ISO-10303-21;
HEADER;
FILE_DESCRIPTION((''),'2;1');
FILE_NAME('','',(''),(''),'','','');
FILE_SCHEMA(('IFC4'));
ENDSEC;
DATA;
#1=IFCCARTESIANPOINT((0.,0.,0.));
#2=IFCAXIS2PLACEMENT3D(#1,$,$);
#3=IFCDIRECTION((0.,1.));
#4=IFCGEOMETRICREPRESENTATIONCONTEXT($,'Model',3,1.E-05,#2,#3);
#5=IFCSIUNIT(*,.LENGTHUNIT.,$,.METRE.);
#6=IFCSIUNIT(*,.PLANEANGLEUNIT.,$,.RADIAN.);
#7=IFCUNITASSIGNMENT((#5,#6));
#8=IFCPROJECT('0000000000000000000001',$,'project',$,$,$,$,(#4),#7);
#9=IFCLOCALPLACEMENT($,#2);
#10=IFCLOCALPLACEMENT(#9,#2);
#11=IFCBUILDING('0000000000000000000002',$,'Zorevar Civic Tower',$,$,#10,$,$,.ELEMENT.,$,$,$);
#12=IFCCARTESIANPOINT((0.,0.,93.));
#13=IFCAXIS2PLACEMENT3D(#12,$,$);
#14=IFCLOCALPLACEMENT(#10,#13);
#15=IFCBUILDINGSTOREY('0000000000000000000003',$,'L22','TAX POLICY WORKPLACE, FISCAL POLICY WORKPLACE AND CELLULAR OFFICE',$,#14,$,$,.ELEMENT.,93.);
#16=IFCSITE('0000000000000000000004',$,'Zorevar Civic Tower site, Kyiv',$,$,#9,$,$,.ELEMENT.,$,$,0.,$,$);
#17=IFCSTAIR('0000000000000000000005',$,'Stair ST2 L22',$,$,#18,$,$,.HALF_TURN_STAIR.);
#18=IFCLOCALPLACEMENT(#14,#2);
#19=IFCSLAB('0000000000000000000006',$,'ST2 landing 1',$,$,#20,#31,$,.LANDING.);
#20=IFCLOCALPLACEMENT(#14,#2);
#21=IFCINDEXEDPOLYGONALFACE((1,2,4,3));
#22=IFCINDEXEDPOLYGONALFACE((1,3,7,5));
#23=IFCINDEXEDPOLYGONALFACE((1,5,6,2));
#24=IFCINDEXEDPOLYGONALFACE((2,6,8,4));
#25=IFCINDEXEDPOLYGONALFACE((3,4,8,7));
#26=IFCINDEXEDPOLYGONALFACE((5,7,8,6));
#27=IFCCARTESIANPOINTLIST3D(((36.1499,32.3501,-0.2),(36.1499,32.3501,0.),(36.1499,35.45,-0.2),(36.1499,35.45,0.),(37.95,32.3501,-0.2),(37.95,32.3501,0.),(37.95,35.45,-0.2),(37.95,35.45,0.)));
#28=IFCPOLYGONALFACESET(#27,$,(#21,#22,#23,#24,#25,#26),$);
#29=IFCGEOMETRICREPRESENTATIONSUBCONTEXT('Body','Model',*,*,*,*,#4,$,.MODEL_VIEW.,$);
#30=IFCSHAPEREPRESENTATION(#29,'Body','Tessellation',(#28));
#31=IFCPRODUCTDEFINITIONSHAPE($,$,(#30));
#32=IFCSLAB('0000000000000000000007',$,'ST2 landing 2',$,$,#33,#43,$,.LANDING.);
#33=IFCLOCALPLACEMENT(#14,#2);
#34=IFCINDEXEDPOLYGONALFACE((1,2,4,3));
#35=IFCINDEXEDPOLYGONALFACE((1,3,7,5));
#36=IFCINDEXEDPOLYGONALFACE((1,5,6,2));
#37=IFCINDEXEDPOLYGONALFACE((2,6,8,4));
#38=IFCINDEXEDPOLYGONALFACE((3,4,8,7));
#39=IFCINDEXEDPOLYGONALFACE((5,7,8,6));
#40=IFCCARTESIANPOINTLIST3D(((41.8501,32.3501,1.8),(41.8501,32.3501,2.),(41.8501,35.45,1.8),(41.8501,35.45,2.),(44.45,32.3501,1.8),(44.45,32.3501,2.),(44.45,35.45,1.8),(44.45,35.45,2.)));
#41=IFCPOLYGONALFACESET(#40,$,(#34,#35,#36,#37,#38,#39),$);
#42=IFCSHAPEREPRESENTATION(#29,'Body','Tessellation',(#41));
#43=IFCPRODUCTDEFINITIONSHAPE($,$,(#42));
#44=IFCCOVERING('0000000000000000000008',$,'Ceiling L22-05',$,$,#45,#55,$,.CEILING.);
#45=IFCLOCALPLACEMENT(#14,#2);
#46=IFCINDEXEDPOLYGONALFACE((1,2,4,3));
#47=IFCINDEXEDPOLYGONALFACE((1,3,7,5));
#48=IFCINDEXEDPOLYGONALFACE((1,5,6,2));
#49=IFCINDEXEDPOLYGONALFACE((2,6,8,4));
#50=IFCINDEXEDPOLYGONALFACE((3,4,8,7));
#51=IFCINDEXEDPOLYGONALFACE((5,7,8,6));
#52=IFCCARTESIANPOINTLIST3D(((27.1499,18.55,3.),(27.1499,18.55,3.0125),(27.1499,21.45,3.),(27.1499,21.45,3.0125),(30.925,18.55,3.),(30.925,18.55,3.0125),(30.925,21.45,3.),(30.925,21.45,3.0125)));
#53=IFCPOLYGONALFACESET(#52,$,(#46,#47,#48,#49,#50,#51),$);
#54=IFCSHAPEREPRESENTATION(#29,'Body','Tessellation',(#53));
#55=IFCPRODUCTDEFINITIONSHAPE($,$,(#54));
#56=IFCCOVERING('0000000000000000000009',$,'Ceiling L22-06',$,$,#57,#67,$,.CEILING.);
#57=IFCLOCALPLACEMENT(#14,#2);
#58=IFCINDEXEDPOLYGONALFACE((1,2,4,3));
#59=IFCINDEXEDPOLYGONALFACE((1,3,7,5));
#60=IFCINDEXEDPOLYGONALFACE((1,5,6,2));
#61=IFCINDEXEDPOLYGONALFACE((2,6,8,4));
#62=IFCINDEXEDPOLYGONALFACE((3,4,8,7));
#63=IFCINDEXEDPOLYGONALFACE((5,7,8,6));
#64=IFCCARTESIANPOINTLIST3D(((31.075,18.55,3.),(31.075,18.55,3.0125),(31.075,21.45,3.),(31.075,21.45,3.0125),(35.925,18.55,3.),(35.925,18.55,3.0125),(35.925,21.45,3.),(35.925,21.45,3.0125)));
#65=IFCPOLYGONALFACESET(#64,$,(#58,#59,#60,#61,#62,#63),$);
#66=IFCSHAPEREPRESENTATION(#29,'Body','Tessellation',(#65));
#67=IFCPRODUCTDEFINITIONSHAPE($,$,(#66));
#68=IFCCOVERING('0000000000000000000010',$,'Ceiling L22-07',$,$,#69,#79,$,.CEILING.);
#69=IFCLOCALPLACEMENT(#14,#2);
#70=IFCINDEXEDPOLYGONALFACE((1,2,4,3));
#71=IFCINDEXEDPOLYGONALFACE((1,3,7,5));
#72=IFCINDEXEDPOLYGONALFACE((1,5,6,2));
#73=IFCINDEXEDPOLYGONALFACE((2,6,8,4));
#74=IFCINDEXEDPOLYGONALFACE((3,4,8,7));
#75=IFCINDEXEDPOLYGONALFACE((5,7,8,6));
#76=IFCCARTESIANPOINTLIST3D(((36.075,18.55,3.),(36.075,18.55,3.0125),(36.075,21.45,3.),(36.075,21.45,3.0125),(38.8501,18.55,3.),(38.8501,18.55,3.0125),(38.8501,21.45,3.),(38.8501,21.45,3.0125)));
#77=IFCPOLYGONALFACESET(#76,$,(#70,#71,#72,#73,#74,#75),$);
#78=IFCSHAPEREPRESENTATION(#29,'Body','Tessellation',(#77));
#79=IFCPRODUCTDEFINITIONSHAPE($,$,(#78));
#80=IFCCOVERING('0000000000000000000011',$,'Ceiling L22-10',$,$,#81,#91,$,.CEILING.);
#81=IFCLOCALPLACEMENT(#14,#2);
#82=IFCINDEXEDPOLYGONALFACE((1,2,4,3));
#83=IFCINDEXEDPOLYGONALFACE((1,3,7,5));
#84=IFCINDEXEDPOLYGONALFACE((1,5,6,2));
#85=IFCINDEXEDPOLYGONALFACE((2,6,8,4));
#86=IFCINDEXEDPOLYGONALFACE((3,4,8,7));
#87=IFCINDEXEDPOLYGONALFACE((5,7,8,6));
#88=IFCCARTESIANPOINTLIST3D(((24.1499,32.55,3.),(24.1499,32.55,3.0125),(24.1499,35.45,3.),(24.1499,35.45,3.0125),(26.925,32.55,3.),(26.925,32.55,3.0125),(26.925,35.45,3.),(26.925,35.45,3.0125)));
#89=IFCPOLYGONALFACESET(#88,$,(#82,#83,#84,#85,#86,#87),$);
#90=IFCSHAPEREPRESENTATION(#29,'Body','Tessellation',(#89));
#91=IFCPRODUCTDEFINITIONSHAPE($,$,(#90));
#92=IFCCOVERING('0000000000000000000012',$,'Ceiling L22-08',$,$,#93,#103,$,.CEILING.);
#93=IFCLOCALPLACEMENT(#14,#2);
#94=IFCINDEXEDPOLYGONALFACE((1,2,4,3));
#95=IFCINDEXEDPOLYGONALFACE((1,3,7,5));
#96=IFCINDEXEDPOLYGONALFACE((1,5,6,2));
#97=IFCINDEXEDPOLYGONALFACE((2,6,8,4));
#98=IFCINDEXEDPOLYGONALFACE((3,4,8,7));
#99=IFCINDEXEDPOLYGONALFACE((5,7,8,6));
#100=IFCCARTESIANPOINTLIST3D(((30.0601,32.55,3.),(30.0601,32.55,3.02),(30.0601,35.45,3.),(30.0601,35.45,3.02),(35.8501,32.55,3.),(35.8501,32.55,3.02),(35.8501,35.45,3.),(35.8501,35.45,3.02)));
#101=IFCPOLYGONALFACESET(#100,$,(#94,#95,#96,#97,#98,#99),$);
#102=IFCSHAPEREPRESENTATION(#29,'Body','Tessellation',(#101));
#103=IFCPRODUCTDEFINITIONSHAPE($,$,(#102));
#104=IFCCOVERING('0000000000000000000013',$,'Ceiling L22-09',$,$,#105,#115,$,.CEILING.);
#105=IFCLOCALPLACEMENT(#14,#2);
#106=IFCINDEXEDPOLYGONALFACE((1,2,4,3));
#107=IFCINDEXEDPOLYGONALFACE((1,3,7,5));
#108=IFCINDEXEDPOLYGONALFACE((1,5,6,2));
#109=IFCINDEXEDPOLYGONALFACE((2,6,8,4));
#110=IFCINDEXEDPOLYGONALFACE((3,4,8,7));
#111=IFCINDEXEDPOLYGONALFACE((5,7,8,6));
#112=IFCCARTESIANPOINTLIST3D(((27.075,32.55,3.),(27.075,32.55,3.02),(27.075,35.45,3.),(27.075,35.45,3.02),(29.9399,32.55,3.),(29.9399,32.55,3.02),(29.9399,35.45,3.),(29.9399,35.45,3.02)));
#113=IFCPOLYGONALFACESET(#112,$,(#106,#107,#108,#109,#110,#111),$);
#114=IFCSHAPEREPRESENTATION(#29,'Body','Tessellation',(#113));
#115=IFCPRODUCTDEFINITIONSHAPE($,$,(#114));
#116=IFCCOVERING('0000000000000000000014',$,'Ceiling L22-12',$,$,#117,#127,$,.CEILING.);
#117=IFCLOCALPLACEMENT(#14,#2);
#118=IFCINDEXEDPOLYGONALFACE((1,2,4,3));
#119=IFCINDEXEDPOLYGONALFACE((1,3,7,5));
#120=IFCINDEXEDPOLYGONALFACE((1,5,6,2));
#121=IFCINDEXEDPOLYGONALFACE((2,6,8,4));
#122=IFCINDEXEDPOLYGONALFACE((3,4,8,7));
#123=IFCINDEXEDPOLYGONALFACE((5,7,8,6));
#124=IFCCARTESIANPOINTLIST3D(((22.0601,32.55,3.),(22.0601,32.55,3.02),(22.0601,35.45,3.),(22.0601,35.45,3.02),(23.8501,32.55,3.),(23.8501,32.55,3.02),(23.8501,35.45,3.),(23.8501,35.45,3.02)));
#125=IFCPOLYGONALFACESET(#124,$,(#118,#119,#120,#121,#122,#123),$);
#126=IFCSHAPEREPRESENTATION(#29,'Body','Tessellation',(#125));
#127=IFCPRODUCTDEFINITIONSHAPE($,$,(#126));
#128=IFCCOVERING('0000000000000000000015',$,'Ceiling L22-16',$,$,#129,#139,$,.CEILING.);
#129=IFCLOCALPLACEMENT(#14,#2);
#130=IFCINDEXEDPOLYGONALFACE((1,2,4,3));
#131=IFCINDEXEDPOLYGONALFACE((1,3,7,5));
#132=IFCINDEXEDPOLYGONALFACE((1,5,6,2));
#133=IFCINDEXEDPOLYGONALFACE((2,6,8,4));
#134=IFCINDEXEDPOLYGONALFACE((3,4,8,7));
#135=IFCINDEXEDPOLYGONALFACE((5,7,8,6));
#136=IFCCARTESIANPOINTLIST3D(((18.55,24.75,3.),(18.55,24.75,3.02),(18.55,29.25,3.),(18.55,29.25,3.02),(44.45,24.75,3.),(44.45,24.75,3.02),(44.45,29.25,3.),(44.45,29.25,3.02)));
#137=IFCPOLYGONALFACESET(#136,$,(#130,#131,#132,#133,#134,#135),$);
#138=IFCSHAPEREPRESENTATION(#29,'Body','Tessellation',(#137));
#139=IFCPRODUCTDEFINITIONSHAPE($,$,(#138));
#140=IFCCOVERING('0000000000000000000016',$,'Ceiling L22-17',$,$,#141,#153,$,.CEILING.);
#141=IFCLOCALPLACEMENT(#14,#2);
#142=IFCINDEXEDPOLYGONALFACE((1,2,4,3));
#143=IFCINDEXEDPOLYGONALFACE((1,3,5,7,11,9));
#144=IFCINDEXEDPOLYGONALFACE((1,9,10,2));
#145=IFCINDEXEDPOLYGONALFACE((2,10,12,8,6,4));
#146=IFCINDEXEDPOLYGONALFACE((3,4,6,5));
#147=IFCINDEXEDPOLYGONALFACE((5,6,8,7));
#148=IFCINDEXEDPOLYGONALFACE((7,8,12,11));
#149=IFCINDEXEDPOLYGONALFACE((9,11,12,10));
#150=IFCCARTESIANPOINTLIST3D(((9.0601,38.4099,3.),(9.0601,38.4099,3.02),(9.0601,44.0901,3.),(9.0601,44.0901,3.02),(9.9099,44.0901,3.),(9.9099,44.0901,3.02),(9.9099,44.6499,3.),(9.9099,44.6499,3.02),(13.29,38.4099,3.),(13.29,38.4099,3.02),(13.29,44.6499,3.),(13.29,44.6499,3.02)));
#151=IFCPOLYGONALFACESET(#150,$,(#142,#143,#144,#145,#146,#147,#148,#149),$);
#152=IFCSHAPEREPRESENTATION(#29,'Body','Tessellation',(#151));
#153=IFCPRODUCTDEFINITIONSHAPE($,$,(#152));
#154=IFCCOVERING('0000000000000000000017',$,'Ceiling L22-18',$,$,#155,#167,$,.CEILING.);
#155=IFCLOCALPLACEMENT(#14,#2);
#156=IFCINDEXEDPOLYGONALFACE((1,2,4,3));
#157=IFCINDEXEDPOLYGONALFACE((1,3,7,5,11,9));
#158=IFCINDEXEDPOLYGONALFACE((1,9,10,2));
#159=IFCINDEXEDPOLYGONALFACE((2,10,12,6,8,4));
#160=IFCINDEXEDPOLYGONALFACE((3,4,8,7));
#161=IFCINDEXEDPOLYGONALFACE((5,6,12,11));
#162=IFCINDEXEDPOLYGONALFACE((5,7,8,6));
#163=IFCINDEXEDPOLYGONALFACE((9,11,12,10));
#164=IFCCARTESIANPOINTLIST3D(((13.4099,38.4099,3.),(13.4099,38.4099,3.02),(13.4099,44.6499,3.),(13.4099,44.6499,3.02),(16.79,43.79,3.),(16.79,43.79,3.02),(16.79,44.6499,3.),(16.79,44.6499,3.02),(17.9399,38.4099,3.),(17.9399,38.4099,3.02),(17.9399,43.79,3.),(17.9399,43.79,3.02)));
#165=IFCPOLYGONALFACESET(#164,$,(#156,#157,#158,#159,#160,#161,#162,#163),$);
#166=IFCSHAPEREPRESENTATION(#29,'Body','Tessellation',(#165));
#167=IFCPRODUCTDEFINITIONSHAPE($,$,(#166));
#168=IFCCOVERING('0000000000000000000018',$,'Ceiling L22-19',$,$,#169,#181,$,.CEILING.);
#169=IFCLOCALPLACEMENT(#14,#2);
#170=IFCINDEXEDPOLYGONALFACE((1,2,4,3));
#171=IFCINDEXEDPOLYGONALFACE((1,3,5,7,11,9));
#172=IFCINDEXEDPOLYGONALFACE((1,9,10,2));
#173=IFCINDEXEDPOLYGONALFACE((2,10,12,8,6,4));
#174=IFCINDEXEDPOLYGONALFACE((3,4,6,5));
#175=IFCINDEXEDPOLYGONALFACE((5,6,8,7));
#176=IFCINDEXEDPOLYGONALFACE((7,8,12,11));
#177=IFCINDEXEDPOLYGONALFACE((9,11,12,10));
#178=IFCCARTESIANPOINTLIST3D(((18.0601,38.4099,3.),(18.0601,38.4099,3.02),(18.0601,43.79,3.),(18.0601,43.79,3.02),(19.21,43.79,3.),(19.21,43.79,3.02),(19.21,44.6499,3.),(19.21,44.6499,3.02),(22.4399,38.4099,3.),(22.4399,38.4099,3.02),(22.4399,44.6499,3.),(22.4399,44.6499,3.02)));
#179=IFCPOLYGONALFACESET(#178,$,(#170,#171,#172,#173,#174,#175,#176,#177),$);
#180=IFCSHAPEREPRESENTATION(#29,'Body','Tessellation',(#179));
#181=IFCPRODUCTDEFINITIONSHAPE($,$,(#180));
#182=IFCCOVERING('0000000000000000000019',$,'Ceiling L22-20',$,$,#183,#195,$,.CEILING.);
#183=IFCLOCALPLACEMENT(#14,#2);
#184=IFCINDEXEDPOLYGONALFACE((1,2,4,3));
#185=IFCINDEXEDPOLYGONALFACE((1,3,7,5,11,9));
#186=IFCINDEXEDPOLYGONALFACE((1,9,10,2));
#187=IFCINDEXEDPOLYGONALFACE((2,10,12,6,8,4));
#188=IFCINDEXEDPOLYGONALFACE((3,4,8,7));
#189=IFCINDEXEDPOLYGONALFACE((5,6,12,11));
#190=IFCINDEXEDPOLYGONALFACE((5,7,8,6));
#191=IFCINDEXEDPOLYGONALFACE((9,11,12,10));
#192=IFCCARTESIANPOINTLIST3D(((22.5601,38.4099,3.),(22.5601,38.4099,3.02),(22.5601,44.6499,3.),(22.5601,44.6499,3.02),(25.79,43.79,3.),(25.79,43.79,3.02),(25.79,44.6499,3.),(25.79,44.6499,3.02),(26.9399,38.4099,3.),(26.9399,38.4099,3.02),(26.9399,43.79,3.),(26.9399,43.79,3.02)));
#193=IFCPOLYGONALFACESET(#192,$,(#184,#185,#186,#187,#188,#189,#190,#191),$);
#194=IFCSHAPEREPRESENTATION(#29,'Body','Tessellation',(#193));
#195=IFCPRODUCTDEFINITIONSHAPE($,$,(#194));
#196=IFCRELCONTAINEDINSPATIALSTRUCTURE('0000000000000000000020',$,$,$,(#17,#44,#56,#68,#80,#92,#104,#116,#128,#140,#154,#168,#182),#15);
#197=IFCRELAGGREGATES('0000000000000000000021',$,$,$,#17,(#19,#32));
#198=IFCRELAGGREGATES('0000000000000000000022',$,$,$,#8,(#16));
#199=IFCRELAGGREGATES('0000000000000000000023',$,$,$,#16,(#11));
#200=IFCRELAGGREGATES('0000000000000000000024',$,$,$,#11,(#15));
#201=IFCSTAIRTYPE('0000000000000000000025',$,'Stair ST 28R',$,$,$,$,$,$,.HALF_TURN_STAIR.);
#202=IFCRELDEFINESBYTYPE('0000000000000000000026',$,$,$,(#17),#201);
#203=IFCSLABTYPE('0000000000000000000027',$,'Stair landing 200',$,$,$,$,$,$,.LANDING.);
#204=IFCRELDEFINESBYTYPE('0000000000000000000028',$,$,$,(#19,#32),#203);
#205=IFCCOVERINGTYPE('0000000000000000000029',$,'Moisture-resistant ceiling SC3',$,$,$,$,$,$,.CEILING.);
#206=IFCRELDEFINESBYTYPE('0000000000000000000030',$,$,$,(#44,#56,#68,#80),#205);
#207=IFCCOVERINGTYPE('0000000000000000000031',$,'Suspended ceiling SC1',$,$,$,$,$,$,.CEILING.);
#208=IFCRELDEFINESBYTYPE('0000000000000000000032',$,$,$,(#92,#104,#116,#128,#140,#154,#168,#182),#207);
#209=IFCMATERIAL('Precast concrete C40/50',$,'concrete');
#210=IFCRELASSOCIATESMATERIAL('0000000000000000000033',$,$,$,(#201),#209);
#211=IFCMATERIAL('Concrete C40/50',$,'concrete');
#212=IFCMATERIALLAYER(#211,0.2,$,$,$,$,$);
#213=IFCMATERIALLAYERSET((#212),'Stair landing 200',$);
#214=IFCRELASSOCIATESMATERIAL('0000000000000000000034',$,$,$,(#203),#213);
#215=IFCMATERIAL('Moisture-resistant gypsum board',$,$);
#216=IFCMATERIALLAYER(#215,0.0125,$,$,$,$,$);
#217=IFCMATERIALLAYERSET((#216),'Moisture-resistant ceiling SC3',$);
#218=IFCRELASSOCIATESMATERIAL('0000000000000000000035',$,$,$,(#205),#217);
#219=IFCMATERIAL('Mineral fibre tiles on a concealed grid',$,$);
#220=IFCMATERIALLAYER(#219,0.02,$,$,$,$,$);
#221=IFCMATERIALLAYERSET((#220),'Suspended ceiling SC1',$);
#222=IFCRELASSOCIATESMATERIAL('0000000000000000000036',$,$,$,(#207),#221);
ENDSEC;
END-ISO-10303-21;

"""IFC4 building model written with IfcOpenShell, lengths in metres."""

from ifc_helpers import new_model, si_unit, direction, frame, origin, place, context, subcontext, project, spatial, polyline, outline, extrude, material, layer, layer_set, type_object, element, aggregate, save


model = new_model("IFC4")

# Units and contexts
model_context = context("Model", 3, precision=1e-05, world=origin(), true_north=direction((0.0, 1.0)))
body_context = subcontext(model_context, "Body", "Model", "MODEL_VIEW")
ifc_project = project(units=[si_unit("LENGTHUNIT", "METRE"), si_unit("PLANEANGLEUNIT", "RADIAN")], contexts=[model_context])

# Site, building, storey
site_placement = place(None, origin())
site = spatial("IfcSite", under=ifc_project, at=site_placement, Name="Zorevar Civic Tower site, Kyiv", CompositionType="ELEMENT", RefElevation=0.0)
building_placement = place(site_placement, origin())
building = spatial("IfcBuilding", under=site, at=building_placement, Name="Zorevar Civic Tower", CompositionType="ELEMENT")
storey_placement = place(building_placement, frame((0.0, 0.0, 93.0)))
storey = spatial("IfcBuildingStorey", under=building, at=storey_placement, Name="L22", Description="TAX POLICY WORKPLACE, FISCAL POLICY WORKPLACE AND CELLULAR OFFICE", CompositionType="ELEMENT", Elevation=93.0)

# Stair, slabs
ifc_material_1 = material(Name="Precast concrete C40/50", Category="concrete")
stair_type = type_object("IfcStairType", Name="Stair ST 28R", PredefinedType="HALF_TURN_STAIR", material=ifc_material_1)
ifc_material_2 = material(Name="Concrete C40/50", Category="concrete")
ifc_layer_1 = layer(ifc_material_2, 0.2)
ifc_layer_set_1 = layer_set([ifc_layer_1], Name="Stair landing 200")
slab_type_1 = type_object("IfcSlabType", Name="Stair landing 200", PredefinedType="LANDING", material=ifc_layer_set_1)
stair_1_placement = place(storey_placement, origin())
stair_1 = element("IfcStair", 1, at=stair_1_placement, inside=storey, type_object=stair_type, Name="Stair ST2 L22", PredefinedType="HALF_TURN_STAIR")
slab_1_placement = place(storey_placement, frame((0.0, 0.0, -0.2)))
slab_1 = element("IfcSlab", 2, at=slab_1_placement, type_object=slab_type_1, Name="ST2 landing 1", PredefinedType="LANDING", context=body_context, shape_type="SweptSolid", body=[
    extrude(outline(polyline([(37.95, 32.3501), (36.1499, 32.3501), (36.1499, 35.45), (37.95, 35.45), (37.95, 32.3501)])), origin(), (0.0, 0.0, 1.0), 0.2),
])
slab_2_placement = place(storey_placement, frame((0.0, 0.0, 1.8)))
slab_2 = element("IfcSlab", 3, at=slab_2_placement, type_object=slab_type_1, Name="ST2 landing 2", PredefinedType="LANDING", context=body_context, shape_type="SweptSolid", body=[
    extrude(outline(polyline([(44.45, 32.3501), (41.8501, 32.3501), (41.8501, 35.45), (44.45, 35.45), (44.45, 32.3501)])), origin(), (0.0, 0.0, 1.0), 0.2),
])
aggregate(stair_1, [slab_1, slab_2])

# Coverings
ifc_material_3 = material(Name="Moisture-resistant gypsum board")
ifc_layer_2 = layer(ifc_material_3, 0.0125)
ifc_layer_set_2 = layer_set([ifc_layer_2], Name="Moisture-resistant ceiling SC3")
covering_type_1 = type_object("IfcCoveringType", Name="Moisture-resistant ceiling SC3", PredefinedType="CEILING", material=ifc_layer_set_2)
covering_1_placement = place(storey_placement, frame((0.0, 0.0, 3.0)))
element("IfcCovering", 4, at=covering_1_placement, inside=storey, type_object=covering_type_1, Name="Ceiling L22-05", PredefinedType="CEILING", context=body_context, shape_type="SweptSolid", body=[
    extrude(outline(polyline([(30.925, 18.55), (30.925, 21.45), (27.1499, 21.45), (27.1499, 18.55), (30.925, 18.55)])), origin(), (0.0, 0.0, 1.0), 0.0125),
])
covering_2_placement = place(storey_placement, frame((0.0, 0.0, 3.0)))
element("IfcCovering", 5, at=covering_2_placement, inside=storey, type_object=covering_type_1, Name="Ceiling L22-06", PredefinedType="CEILING", context=body_context, shape_type="SweptSolid", body=[
    extrude(outline(polyline([(35.925, 18.55), (35.925, 21.45), (31.075, 21.45), (31.075, 18.55), (35.925, 18.55)])), origin(), (0.0, 0.0, 1.0), 0.0125),
])
covering_3_placement = place(storey_placement, frame((0.0, 0.0, 3.0)))
element("IfcCovering", 6, at=covering_3_placement, inside=storey, type_object=covering_type_1, Name="Ceiling L22-07", PredefinedType="CEILING", context=body_context, shape_type="SweptSolid", body=[
    extrude(outline(polyline([(38.8501, 18.55), (38.8501, 21.45), (36.075, 21.45), (36.075, 18.55), (38.8501, 18.55)])), origin(), (0.0, 0.0, 1.0), 0.0125),
])
covering_4_placement = place(storey_placement, frame((0.0, 0.0, 3.0)))
element("IfcCovering", 7, at=covering_4_placement, inside=storey, type_object=covering_type_1, Name="Ceiling L22-10", PredefinedType="CEILING", context=body_context, shape_type="SweptSolid", body=[
    extrude(outline(polyline([(26.925, 32.55), (26.925, 35.45), (24.1499, 35.45), (24.1499, 32.55), (26.925, 32.55)])), origin(), (0.0, 0.0, 1.0), 0.0125),
])
ifc_material_4 = material(Name="Mineral fibre tiles on a concealed grid")
ifc_layer_3 = layer(ifc_material_4, 0.02)
ifc_layer_set_3 = layer_set([ifc_layer_3], Name="Suspended ceiling SC1")
covering_type_2 = type_object("IfcCoveringType", Name="Suspended ceiling SC1", PredefinedType="CEILING", material=ifc_layer_set_3)
covering_5_placement = place(storey_placement, frame((0.0, 0.0, 3.0)))
element("IfcCovering", 8, at=covering_5_placement, inside=storey, type_object=covering_type_2, Name="Ceiling L22-08", PredefinedType="CEILING", context=body_context, shape_type="SweptSolid", body=[
    extrude(outline(polyline([(35.8501, 32.55), (35.8501, 35.45), (30.0601, 35.45), (30.0601, 32.55), (35.8501, 32.55)])), origin(), (0.0, 0.0, 1.0), 0.02),
])
covering_6_placement = place(storey_placement, frame((0.0, 0.0, 3.0)))
element("IfcCovering", 9, at=covering_6_placement, inside=storey, type_object=covering_type_2, Name="Ceiling L22-09", PredefinedType="CEILING", context=body_context, shape_type="SweptSolid", body=[
    extrude(outline(polyline([(29.9399, 32.55), (29.9399, 35.45), (27.075, 35.45), (27.075, 32.55), (29.9399, 32.55)])), origin(), (0.0, 0.0, 1.0), 0.02),
])
covering_7_placement = place(storey_placement, frame((0.0, 0.0, 3.0)))
element("IfcCovering", 10, at=covering_7_placement, inside=storey, type_object=covering_type_2, Name="Ceiling L22-12", PredefinedType="CEILING", context=body_context, shape_type="SweptSolid", body=[
    extrude(outline(polyline([(23.8501, 32.55), (23.8501, 35.45), (22.0601, 35.45), (22.0601, 32.55), (23.8501, 32.55)])), origin(), (0.0, 0.0, 1.0), 0.02),
])
covering_8_placement = place(storey_placement, frame((0.0, 0.0, 3.0)))
element("IfcCovering", 11, at=covering_8_placement, inside=storey, type_object=covering_type_2, Name="Ceiling L22-16", PredefinedType="CEILING", context=body_context, shape_type="SweptSolid", body=[
    extrude(outline(polyline([(44.45, 24.75), (44.45, 29.25), (18.55, 29.25), (18.55, 24.75), (44.45, 24.75)])), origin(), (0.0, 0.0, 1.0), 0.02),
])
covering_9_placement = place(storey_placement, frame((0.0, 0.0, 3.0)))
element("IfcCovering", 12, at=covering_9_placement, inside=storey, type_object=covering_type_2, Name="Ceiling L22-17", PredefinedType="CEILING", context=body_context, shape_type="SweptSolid", body=[
    extrude(outline(polyline([(9.0601, 38.4099), (9.0601, 44.0901), (9.9099, 44.0901), (9.9099, 44.6499), (13.29, 44.6499), (13.29, 38.4099), (9.0601, 38.4099)])), origin(), (0.0, 0.0, 1.0), 0.02),
])
covering_10_placement = place(storey_placement, frame((0.0, 0.0, 3.0)))
element("IfcCovering", 13, at=covering_10_placement, inside=storey, type_object=covering_type_2, Name="Ceiling L22-18", PredefinedType="CEILING", context=body_context, shape_type="SweptSolid", body=[
    extrude(outline(polyline([(13.4099, 38.4099), (13.4099, 44.6499), (16.79, 44.6499), (16.79, 43.79), (17.9399, 43.79), (17.9399, 38.4099), (13.4099, 38.4099)])), origin(), (0.0, 0.0, 1.0), 0.02),
])
covering_11_placement = place(storey_placement, frame((0.0, 0.0, 3.0)))
element("IfcCovering", 14, at=covering_11_placement, inside=storey, type_object=covering_type_2, Name="Ceiling L22-19", PredefinedType="CEILING", context=body_context, shape_type="SweptSolid", body=[
    extrude(outline(polyline([(18.0601, 38.4099), (18.0601, 43.79), (19.21, 43.79), (19.21, 44.6499), (22.4399, 44.6499), (22.4399, 38.4099), (18.0601, 38.4099)])), origin(), (0.0, 0.0, 1.0), 0.02),
])
covering_12_placement = place(storey_placement, frame((0.0, 0.0, 3.0)))
element("IfcCovering", 15, at=covering_12_placement, inside=storey, type_object=covering_type_2, Name="Ceiling L22-20", PredefinedType="CEILING", context=body_context, shape_type="SweptSolid", body=[
    extrude(outline(polyline([(22.5601, 38.4099), (22.5601, 44.6499), (25.79, 44.6499), (25.79, 43.79), (26.9399, 43.79), (26.9399, 38.4099), (22.5601, 38.4099)])), origin(), (0.0, 0.0, 1.0), 0.02),
])

save(model, "model.ifc")
